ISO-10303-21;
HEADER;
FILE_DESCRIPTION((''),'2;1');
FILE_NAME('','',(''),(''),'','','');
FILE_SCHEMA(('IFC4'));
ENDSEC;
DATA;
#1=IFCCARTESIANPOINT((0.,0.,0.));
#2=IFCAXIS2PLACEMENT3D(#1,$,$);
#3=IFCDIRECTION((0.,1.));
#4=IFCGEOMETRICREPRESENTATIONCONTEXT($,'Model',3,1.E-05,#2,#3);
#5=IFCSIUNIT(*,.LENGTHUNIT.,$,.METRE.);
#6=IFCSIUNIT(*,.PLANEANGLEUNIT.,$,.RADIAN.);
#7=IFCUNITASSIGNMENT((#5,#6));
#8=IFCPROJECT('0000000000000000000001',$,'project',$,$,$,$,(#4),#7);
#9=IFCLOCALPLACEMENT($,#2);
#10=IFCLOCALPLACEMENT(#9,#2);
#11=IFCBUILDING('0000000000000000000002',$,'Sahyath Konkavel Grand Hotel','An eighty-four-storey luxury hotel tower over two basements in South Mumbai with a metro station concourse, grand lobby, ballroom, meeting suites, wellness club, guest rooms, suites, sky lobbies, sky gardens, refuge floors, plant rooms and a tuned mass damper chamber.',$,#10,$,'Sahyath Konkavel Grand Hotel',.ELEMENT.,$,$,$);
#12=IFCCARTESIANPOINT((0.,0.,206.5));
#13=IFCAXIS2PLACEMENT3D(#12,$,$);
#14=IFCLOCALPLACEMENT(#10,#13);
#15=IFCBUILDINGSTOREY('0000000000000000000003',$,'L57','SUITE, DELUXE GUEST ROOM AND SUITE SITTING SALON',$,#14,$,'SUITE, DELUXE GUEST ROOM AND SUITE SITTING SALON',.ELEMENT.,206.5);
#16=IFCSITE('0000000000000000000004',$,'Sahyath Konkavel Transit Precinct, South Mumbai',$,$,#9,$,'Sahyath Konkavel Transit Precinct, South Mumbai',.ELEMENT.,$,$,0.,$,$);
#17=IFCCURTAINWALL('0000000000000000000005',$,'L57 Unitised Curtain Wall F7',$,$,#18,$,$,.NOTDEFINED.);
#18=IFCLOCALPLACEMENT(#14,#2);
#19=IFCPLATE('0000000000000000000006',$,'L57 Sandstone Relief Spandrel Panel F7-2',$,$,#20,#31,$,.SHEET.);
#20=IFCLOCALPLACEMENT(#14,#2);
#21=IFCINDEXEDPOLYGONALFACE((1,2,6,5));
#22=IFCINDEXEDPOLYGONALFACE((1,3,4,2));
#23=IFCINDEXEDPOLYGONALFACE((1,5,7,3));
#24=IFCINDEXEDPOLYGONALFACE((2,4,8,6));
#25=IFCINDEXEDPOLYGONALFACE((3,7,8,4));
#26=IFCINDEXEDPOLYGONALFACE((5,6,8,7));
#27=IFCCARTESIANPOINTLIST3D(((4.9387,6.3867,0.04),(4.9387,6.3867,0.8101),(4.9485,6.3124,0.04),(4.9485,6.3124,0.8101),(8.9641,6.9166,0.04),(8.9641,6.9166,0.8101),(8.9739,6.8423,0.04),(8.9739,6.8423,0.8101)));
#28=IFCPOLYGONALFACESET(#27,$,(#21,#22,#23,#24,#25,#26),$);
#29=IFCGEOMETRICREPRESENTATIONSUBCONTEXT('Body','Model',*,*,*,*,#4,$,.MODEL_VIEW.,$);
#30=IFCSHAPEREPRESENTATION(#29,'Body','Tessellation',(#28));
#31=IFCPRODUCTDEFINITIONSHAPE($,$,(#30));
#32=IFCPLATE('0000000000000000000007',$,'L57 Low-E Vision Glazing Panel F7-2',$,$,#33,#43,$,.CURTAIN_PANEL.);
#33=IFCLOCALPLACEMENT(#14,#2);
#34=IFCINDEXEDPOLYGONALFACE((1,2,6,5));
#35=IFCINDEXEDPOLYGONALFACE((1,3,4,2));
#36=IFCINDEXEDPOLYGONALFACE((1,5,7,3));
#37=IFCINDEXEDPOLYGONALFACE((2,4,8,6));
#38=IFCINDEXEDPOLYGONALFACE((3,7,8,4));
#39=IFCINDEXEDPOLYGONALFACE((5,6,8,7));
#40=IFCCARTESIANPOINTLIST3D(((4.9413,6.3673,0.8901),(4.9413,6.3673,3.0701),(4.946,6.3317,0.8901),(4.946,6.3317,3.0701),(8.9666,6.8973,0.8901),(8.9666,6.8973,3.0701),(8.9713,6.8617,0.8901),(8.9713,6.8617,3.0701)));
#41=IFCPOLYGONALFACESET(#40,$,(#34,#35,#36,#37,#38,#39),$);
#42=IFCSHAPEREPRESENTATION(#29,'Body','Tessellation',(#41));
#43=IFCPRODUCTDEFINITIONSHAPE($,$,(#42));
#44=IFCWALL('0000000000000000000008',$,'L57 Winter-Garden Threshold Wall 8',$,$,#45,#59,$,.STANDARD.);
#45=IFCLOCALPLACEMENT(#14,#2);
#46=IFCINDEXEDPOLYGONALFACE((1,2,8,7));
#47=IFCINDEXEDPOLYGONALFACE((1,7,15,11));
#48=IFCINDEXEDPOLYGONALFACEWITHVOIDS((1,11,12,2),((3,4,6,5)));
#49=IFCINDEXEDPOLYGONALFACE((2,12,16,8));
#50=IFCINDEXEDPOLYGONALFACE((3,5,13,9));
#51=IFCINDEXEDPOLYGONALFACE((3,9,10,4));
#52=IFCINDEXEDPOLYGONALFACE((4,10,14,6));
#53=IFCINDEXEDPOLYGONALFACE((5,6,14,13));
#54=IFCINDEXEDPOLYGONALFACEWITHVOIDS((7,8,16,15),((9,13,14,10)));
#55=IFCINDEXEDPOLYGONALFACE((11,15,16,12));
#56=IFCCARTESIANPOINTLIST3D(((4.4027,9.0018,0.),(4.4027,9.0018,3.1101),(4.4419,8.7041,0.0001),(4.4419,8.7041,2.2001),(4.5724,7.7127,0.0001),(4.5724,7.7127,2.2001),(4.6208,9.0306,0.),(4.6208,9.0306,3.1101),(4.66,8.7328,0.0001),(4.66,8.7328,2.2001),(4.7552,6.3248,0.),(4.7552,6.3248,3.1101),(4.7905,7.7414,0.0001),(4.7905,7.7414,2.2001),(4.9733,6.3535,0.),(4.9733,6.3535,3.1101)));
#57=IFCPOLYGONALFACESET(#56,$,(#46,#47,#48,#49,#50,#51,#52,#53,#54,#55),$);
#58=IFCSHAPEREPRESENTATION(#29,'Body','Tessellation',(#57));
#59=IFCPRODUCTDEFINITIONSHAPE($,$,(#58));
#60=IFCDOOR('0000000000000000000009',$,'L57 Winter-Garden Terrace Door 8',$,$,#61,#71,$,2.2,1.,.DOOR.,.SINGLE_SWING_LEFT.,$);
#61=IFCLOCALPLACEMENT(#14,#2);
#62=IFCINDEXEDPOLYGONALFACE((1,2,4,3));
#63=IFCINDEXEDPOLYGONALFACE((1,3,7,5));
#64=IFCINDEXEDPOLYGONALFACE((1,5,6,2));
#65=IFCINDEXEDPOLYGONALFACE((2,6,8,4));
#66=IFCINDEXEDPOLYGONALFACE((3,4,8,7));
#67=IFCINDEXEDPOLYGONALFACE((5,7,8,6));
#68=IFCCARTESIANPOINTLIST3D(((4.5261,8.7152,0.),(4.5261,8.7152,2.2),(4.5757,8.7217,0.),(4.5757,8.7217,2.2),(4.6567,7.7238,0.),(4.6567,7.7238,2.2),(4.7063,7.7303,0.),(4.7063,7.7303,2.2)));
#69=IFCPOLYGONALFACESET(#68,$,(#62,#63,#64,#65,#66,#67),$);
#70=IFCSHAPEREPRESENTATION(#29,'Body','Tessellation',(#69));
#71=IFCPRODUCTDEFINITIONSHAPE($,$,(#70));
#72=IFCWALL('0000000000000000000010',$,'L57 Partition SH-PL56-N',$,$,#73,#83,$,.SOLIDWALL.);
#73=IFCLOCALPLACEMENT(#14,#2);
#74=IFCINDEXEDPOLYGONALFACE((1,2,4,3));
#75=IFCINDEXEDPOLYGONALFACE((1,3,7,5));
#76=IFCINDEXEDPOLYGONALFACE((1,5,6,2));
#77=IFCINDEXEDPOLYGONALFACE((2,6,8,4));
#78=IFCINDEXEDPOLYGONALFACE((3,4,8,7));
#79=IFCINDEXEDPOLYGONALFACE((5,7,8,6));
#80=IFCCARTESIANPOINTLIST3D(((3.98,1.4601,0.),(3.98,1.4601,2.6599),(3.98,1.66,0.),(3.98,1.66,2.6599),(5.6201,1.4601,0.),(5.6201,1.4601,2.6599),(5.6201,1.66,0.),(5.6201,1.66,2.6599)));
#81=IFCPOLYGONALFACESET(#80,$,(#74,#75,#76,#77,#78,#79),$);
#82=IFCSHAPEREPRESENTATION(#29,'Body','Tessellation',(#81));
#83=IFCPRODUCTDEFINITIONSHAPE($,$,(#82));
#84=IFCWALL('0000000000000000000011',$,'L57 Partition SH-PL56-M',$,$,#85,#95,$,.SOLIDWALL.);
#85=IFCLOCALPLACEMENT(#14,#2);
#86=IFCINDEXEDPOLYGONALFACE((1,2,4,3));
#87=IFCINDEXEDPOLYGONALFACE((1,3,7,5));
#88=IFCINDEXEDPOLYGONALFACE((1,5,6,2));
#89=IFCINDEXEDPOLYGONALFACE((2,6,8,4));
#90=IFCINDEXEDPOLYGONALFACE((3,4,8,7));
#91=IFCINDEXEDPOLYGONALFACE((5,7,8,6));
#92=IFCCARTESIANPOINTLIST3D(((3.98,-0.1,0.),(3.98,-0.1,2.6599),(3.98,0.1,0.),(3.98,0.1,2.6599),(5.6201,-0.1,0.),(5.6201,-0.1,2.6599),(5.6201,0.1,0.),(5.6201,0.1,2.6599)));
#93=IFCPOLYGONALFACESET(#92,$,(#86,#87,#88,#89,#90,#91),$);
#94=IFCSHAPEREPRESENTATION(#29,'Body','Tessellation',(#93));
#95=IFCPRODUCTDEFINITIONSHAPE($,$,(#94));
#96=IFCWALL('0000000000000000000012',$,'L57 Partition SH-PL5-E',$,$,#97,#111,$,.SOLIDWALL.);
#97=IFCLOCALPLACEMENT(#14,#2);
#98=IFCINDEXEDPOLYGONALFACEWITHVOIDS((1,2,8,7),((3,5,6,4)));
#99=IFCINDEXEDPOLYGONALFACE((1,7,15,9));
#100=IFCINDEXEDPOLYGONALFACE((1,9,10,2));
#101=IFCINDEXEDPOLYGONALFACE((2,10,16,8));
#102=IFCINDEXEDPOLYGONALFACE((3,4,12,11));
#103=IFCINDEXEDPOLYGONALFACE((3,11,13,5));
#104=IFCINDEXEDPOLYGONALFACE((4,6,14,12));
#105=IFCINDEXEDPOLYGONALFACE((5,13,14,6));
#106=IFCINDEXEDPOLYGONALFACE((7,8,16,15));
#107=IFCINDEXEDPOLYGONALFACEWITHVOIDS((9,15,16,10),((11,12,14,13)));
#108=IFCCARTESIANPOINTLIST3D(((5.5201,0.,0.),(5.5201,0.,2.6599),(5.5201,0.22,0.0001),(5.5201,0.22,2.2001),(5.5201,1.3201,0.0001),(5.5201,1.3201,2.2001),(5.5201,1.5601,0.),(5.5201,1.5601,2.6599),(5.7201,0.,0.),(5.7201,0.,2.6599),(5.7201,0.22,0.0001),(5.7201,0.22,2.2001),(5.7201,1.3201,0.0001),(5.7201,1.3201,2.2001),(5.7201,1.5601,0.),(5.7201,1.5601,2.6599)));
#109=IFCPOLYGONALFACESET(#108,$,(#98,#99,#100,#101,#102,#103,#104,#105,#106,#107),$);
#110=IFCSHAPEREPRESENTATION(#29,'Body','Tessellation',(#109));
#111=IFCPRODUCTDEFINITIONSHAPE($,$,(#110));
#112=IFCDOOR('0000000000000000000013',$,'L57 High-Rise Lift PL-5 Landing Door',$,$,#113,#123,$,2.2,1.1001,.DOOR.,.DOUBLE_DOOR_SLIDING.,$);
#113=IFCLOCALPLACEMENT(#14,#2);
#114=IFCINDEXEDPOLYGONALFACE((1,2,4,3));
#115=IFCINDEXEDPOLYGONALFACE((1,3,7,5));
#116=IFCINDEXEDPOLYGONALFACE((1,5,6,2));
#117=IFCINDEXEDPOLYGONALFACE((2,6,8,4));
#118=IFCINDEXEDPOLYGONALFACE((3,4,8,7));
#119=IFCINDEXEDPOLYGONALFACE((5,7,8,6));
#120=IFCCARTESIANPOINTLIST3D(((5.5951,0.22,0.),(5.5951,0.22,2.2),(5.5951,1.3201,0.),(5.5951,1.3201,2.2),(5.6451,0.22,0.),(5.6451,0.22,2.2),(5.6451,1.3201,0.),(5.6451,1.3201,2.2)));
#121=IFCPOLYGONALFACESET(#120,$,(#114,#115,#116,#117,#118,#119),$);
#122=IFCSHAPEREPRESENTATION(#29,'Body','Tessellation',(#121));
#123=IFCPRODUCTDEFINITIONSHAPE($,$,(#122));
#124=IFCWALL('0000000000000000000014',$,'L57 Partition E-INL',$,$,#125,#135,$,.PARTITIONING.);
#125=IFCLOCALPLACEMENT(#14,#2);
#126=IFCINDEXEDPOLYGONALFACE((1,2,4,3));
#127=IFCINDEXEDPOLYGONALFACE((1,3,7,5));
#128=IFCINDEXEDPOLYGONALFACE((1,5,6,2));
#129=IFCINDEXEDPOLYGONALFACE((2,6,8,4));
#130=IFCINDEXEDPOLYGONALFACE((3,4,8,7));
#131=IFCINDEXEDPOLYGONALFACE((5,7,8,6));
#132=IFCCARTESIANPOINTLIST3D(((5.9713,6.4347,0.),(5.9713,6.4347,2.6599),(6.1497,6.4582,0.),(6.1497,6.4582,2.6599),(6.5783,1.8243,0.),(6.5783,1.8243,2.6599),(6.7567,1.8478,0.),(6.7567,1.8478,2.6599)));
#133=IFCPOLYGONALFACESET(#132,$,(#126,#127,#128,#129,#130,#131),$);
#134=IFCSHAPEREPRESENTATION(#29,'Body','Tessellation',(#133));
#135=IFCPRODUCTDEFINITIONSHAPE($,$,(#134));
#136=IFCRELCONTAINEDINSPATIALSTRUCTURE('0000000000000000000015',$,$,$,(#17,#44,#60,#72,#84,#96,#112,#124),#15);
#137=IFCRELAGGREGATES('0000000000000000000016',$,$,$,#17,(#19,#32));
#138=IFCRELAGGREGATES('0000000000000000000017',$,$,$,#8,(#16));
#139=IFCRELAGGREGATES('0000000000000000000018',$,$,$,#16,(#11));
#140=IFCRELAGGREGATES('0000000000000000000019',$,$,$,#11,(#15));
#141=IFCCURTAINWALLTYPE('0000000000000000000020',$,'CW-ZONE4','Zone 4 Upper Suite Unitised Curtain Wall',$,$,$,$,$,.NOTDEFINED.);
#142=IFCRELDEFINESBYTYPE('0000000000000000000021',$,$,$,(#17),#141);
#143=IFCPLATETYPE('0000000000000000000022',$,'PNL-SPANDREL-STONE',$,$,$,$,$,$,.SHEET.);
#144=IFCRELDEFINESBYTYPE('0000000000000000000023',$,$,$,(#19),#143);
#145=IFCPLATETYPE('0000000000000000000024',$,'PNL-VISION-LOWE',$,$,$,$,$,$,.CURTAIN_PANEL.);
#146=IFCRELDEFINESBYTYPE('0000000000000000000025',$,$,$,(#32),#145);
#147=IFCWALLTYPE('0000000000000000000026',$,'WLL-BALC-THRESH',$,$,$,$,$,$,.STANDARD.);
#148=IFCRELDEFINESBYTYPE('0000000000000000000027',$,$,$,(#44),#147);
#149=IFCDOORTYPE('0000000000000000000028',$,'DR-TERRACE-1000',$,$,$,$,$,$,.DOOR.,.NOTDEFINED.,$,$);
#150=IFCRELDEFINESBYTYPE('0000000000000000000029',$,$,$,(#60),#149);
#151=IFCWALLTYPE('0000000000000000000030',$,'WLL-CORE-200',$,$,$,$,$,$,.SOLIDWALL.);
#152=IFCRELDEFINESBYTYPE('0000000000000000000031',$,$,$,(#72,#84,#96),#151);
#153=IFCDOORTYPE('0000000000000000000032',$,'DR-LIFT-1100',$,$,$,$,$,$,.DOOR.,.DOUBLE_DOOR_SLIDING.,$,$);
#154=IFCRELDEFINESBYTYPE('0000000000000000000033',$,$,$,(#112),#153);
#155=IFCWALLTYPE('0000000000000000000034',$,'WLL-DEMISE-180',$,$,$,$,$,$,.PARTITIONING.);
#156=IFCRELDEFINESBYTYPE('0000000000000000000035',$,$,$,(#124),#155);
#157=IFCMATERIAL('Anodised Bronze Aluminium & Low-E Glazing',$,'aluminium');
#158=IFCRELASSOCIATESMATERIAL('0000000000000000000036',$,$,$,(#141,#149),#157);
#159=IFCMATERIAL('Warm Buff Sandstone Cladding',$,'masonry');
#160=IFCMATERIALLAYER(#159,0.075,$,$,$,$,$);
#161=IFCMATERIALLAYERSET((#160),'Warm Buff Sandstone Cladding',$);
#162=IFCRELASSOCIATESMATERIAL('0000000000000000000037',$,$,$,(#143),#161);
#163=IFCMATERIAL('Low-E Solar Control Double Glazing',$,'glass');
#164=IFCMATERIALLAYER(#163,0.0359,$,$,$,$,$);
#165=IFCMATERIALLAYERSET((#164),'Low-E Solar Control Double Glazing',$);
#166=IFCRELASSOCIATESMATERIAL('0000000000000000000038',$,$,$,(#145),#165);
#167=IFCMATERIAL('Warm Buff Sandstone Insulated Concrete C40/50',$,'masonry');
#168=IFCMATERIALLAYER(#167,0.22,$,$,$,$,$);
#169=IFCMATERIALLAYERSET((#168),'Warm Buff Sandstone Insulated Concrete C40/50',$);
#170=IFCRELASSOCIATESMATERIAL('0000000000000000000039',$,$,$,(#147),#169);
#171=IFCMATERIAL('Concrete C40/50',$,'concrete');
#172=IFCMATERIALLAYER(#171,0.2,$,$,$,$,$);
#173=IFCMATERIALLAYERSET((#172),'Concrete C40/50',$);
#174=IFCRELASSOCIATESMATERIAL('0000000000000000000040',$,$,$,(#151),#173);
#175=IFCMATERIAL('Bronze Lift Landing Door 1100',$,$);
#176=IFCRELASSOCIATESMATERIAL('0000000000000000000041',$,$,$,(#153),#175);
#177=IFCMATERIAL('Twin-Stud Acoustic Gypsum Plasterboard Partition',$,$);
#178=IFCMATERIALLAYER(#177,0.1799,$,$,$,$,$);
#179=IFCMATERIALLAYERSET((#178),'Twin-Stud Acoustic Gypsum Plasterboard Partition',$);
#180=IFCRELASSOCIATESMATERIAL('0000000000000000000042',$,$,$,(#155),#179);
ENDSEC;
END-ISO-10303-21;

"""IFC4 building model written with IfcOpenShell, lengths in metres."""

from ifc_helpers import new_model, si_unit, direction, frame, frame_2d, origin, origin_2d, place, context, subcontext, project, spatial, rectangle, extrude, source, transform, mapped, material, layer, layer_set, type_object, element, fill, aggregate, save


model = new_model("IFC4")

# Units and contexts
model_context = context("Model", 3, precision=1e-05, world=origin(), true_north=direction((0.0, 1.0)))
body_context = subcontext(model_context, "Body", "Model", "MODEL_VIEW")
ifc_project = project(units=[si_unit("LENGTHUNIT", "METRE"), si_unit("PLANEANGLEUNIT", "RADIAN")], contexts=[model_context])

# Site, building, storey
site_placement = place(None, origin())
site = spatial("IfcSite", under=ifc_project, at=site_placement, Name="Sahyath Konkavel Transit Precinct, South Mumbai", LongName="Sahyath Konkavel Transit Precinct, South Mumbai", CompositionType="ELEMENT", RefElevation=0.0)
building_placement = place(site_placement, origin())
building = spatial("IfcBuilding", under=site, at=building_placement, Name="Sahyath Konkavel Grand Hotel", Description="An eighty-four-storey luxury hotel tower over two basements in South Mumbai with a metro station concourse, grand lobby, ballroom, meeting suites, wellness club, guest rooms, suites, sky lobbies, sky gardens, refuge floors, plant rooms and a tuned mass damper chamber.", LongName="Sahyath Konkavel Grand Hotel", CompositionType="ELEMENT")
storey_placement = place(building_placement, frame((0.0, 0.0, 206.5)))
storey = spatial("IfcBuildingStorey", under=building, at=storey_placement, Name="L57", Description="SUITE, DELUXE GUEST ROOM AND SUITE SITTING SALON", LongName="SUITE, DELUXE GUEST ROOM AND SUITE SITTING SALON", CompositionType="ELEMENT", Elevation=206.5)

# Shared definitions
ifc_material_1 = material(Name="Concrete C40/50", Category="concrete")

# Curtain wall, plates
ifc_material_2 = material(Name="Anodised Bronze Aluminium & Low-E Glazing", Category="aluminium")
curtain_wall_type = type_object("IfcCurtainWallType", Name="CW-ZONE4", Description="Zone 4 Upper Suite Unitised Curtain Wall", PredefinedType="NOTDEFINED", material=ifc_material_2)
curtain_wall_placement = place(storey_placement, origin())
curtain_wall = element("IfcCurtainWall", 1, at=curtain_wall_placement, inside=storey, type_object=curtain_wall_type, Name="L57 Unitised Curtain Wall F7", PredefinedType="NOTDEFINED")
ifc_material_3 = material(Name="Warm Buff Sandstone Cladding", Category="masonry")
ifc_layer_1 = layer(ifc_material_3, 0.075)
ifc_layer_set_1 = layer_set([ifc_layer_1], Name="Warm Buff Sandstone Cladding")
plate_type_1 = type_object("IfcPlateType", Name="PNL-SPANDREL-STONE", PredefinedType="SHEET", material=ifc_layer_set_1)
shared_shape_1 = source(origin(), body_context, "Body", "SweptSolid", [
    extrude(rectangle(XDim=4.0601, YDim=0.075, at=origin_2d()), origin(), (0.0, 0.0, 1.0), 0.77),
])
plate_1_placement = place(storey_placement, frame((6.9563, 6.6145, 0.04), z_axis=(0.0, 0.0, 1.0), x_axis=(-0.991445, -0.130526, 0.0)))
plate_1 = element("IfcPlate", 2, at=plate_1_placement, type_object=plate_type_1, Name="L57 Sandstone Relief Spandrel Panel F7-2", PredefinedType="SHEET", context=body_context, shape_type="MappedRepresentation", body=[
    mapped(shared_shape_1, transform((0.0, 0.0, 0.0), scale=1.0)),
])
ifc_material_4 = material(Name="Low-E Solar Control Double Glazing", Category="glass")
ifc_layer_2 = layer(ifc_material_4, 0.0359)
ifc_layer_set_2 = layer_set([ifc_layer_2], Name="Low-E Solar Control Double Glazing")
plate_type_2 = type_object("IfcPlateType", Name="PNL-VISION-LOWE", PredefinedType="CURTAIN_PANEL", material=ifc_layer_set_2)
shared_shape_2 = source(origin(), body_context, "Body", "SweptSolid", [
    extrude(rectangle(XDim=4.0601, YDim=0.0359, at=origin_2d()), origin(), (0.0, 0.0, 1.0), 2.1799),
])
plate_2_placement = place(storey_placement, frame((6.9563, 6.6145, 0.8901), z_axis=(0.0, 0.0, 1.0), x_axis=(-0.991445, -0.130526, 0.0)))
plate_2 = element("IfcPlate", 3, at=plate_2_placement, type_object=plate_type_2, Name="L57 Low-E Vision Glazing Panel F7-2", PredefinedType="CURTAIN_PANEL", context=body_context, shape_type="MappedRepresentation", body=[
    mapped(shared_shape_2, transform((0.0, 0.0, 0.0), scale=1.0)),
])
aggregate(curtain_wall, [plate_1, plate_2])

# Wall, opening, door
ifc_material_5 = material(Name="Warm Buff Sandstone Insulated Concrete C40/50", Category="masonry")
ifc_layer_3 = layer(ifc_material_5, 0.22)
ifc_layer_set_3 = layer_set([ifc_layer_3], Name="Warm Buff Sandstone Insulated Concrete C40/50")
wall_type_1 = type_object("IfcWallType", Name="WLL-BALC-THRESH", PredefinedType="STANDARD", material=ifc_layer_set_3)
wall_1_placement = place(storey_placement, frame((4.8643, 6.3391, 0.0), z_axis=(0.0, 0.0, 1.0), x_axis=(-0.130564, 0.99144, 0.0)))
wall_1 = element("IfcWall", 4, at=wall_1_placement, inside=storey, type_object=wall_type_1, Name="L57 Winter-Garden Threshold Wall 8", PredefinedType="STANDARD", context=body_context, shape_type="SweptSolid", body=[
    extrude(rectangle(XDim=2.7002, YDim=0.22, at=frame_2d((1.3501, 0.0))), origin(), (0.0, 0.0, 1.0), 3.1101),
])
opening_1_placement = place(wall_1_placement, frame((1.3999, 0.0, 0.0)))
opening_1 = element("IfcOpeningElement", 5, at=opening_1_placement, cuts=wall_1, PredefinedType="OPENING", context=body_context, shape_type="SweptSolid", body=[
    extrude(rectangle(XDim=1.0, YDim=2.2, at=frame_2d((0.5, 1.1001))), frame((0.0, 0.1201, 0.0), z_axis=(0.0, -1.0, 0.0), x_axis=(1.0, 0.0, 0.0)), (0.0, 0.0, 1.0), 0.24),
])
door_type_1 = type_object("IfcDoorType", Name="DR-TERRACE-1000", OperationType="NOTDEFINED", PredefinedType="DOOR", material=ifc_material_2)
shared_shape_3 = source(origin(), body_context, "Body", "SweptSolid", [
    extrude(rectangle(XDim=1.0, YDim=0.05, at=origin_2d()), origin(), (0.0, 0.0, 1.0), 2.2),
])
door_1_placement = place(opening_1_placement, frame((0.5, 0.0, 0.0)))
door_1 = element("IfcDoor", 6, at=door_1_placement, inside=storey, type_object=door_type_1, Name="L57 Winter-Garden Terrace Door 8", OperationType="SINGLE_SWING_LEFT", OverallHeight=2.2, OverallWidth=1.0, PredefinedType="DOOR", context=body_context, shape_type="MappedRepresentation", body=[
    mapped(shared_shape_3, transform((0.0, 0.0, 0.0), scale=1.0)),
])
fill(opening_1, door_1)

# Walls
ifc_layer_4 = layer(ifc_material_1, 0.2)
ifc_layer_set_4 = layer_set([ifc_layer_4], Name="Concrete C40/50")
wall_type_2 = type_object("IfcWallType", Name="WLL-CORE-200", PredefinedType="SOLIDWALL", material=ifc_layer_set_4)
for number, where, z_axis, x_axis, name in (
    (7, (3.98, 1.5601, 0.0), (0.0, 0.0, 1.0), (1.0, 0.0, 0.0), "L57 Partition SH-PL56-N"),
    (8, (3.98, 0.0, 0.0), (0.0, 0.0, 1.0), (1.0, 0.0, 0.0), "L57 Partition SH-PL56-M"),
):
    element("IfcWall", number, at=place(storey_placement, frame(where, z_axis=z_axis, x_axis=x_axis)), inside=storey, type_object=wall_type_2, Name=name, PredefinedType="SOLIDWALL", context=body_context, shape_type="SweptSolid", body=[
        extrude(rectangle(XDim=1.6401, YDim=0.2, at=frame_2d((0.8201, 0.0))), origin(), (0.0, 0.0, 1.0), 2.6599),
    ])

# Wall, opening, door
wall_2_placement = place(storey_placement, frame((5.6201, 0.0, 0.0), z_axis=(0.0, 0.0, 1.0), x_axis=(0.0, 1.0, 0.0)))
wall_2 = element("IfcWall", 9, at=wall_2_placement, inside=storey, type_object=wall_type_2, Name="L57 Partition SH-PL5-E", PredefinedType="SOLIDWALL", context=body_context, shape_type="SweptSolid", body=[
    extrude(rectangle(XDim=1.5601, YDim=0.2, at=frame_2d((0.78, 0.0))), origin(), (0.0, 0.0, 1.0), 2.6599),
])
opening_2_placement = place(wall_2_placement, frame((0.22, 0.0, 0.0)))
opening_2 = element("IfcOpeningElement", 10, at=opening_2_placement, cuts=wall_2, PredefinedType="OPENING", context=body_context, shape_type="SweptSolid", body=[
    extrude(rectangle(XDim=1.1001, YDim=2.2, at=frame_2d((0.55, 1.1001))), frame((0.0, 0.1099, 0.0), z_axis=(0.0, -1.0, 0.0), x_axis=(1.0, 0.0, 0.0)), (0.0, 0.0, 1.0), 0.22),
])
ifc_material_6 = material(Name="Bronze Lift Landing Door 1100")
door_type_2 = type_object("IfcDoorType", Name="DR-LIFT-1100", OperationType="DOUBLE_DOOR_SLIDING", PredefinedType="DOOR", material=ifc_material_6)
shared_shape_4 = source(origin(), body_context, "Body", "SweptSolid", [
    extrude(rectangle(XDim=1.1001, YDim=0.05, at=origin_2d()), origin(), (0.0, 0.0, 1.0), 2.2),
])
door_2_placement = place(opening_2_placement, frame((0.55, 0.0, 0.0)))
door_2 = element("IfcDoor", 11, at=door_2_placement, inside=storey, type_object=door_type_2, Name="L57 High-Rise Lift PL-5 Landing Door", OperationType="DOUBLE_DOOR_SLIDING", OverallHeight=2.2, OverallWidth=1.1001, PredefinedType="DOOR", context=body_context, shape_type="MappedRepresentation", body=[
    mapped(shared_shape_4, transform((0.0, 0.0, 0.0), scale=1.0)),
])
fill(opening_2, door_2)

# Wall
ifc_material_7 = material(Name="Twin-Stud Acoustic Gypsum Plasterboard Partition")
ifc_layer_5 = layer(ifc_material_7, 0.1799)
ifc_layer_set_5 = layer_set([ifc_layer_5], Name="Twin-Stud Acoustic Gypsum Plasterboard Partition")
wall_type_3 = type_object("IfcWallType", Name="WLL-DEMISE-180", PredefinedType="PARTITIONING", material=ifc_layer_set_5)
wall_3_placement = place(storey_placement, frame((6.6675, 1.8359, 0.0), z_axis=(0.0, 0.0, 1.0), x_axis=(-0.13052, 0.991446, 0.0)))
element("IfcWall", 12, at=wall_3_placement, inside=storey, type_object=wall_type_3, Name="L57 Partition E-INL", PredefinedType="PARTITIONING", context=body_context, shape_type="SweptSolid", body=[
    extrude(rectangle(XDim=4.6501, YDim=0.1799, at=frame_2d((2.3252, 0.0))), origin(), (0.0, 0.0, 1.0), 2.6599),
])

save(model, "model.ifc")
